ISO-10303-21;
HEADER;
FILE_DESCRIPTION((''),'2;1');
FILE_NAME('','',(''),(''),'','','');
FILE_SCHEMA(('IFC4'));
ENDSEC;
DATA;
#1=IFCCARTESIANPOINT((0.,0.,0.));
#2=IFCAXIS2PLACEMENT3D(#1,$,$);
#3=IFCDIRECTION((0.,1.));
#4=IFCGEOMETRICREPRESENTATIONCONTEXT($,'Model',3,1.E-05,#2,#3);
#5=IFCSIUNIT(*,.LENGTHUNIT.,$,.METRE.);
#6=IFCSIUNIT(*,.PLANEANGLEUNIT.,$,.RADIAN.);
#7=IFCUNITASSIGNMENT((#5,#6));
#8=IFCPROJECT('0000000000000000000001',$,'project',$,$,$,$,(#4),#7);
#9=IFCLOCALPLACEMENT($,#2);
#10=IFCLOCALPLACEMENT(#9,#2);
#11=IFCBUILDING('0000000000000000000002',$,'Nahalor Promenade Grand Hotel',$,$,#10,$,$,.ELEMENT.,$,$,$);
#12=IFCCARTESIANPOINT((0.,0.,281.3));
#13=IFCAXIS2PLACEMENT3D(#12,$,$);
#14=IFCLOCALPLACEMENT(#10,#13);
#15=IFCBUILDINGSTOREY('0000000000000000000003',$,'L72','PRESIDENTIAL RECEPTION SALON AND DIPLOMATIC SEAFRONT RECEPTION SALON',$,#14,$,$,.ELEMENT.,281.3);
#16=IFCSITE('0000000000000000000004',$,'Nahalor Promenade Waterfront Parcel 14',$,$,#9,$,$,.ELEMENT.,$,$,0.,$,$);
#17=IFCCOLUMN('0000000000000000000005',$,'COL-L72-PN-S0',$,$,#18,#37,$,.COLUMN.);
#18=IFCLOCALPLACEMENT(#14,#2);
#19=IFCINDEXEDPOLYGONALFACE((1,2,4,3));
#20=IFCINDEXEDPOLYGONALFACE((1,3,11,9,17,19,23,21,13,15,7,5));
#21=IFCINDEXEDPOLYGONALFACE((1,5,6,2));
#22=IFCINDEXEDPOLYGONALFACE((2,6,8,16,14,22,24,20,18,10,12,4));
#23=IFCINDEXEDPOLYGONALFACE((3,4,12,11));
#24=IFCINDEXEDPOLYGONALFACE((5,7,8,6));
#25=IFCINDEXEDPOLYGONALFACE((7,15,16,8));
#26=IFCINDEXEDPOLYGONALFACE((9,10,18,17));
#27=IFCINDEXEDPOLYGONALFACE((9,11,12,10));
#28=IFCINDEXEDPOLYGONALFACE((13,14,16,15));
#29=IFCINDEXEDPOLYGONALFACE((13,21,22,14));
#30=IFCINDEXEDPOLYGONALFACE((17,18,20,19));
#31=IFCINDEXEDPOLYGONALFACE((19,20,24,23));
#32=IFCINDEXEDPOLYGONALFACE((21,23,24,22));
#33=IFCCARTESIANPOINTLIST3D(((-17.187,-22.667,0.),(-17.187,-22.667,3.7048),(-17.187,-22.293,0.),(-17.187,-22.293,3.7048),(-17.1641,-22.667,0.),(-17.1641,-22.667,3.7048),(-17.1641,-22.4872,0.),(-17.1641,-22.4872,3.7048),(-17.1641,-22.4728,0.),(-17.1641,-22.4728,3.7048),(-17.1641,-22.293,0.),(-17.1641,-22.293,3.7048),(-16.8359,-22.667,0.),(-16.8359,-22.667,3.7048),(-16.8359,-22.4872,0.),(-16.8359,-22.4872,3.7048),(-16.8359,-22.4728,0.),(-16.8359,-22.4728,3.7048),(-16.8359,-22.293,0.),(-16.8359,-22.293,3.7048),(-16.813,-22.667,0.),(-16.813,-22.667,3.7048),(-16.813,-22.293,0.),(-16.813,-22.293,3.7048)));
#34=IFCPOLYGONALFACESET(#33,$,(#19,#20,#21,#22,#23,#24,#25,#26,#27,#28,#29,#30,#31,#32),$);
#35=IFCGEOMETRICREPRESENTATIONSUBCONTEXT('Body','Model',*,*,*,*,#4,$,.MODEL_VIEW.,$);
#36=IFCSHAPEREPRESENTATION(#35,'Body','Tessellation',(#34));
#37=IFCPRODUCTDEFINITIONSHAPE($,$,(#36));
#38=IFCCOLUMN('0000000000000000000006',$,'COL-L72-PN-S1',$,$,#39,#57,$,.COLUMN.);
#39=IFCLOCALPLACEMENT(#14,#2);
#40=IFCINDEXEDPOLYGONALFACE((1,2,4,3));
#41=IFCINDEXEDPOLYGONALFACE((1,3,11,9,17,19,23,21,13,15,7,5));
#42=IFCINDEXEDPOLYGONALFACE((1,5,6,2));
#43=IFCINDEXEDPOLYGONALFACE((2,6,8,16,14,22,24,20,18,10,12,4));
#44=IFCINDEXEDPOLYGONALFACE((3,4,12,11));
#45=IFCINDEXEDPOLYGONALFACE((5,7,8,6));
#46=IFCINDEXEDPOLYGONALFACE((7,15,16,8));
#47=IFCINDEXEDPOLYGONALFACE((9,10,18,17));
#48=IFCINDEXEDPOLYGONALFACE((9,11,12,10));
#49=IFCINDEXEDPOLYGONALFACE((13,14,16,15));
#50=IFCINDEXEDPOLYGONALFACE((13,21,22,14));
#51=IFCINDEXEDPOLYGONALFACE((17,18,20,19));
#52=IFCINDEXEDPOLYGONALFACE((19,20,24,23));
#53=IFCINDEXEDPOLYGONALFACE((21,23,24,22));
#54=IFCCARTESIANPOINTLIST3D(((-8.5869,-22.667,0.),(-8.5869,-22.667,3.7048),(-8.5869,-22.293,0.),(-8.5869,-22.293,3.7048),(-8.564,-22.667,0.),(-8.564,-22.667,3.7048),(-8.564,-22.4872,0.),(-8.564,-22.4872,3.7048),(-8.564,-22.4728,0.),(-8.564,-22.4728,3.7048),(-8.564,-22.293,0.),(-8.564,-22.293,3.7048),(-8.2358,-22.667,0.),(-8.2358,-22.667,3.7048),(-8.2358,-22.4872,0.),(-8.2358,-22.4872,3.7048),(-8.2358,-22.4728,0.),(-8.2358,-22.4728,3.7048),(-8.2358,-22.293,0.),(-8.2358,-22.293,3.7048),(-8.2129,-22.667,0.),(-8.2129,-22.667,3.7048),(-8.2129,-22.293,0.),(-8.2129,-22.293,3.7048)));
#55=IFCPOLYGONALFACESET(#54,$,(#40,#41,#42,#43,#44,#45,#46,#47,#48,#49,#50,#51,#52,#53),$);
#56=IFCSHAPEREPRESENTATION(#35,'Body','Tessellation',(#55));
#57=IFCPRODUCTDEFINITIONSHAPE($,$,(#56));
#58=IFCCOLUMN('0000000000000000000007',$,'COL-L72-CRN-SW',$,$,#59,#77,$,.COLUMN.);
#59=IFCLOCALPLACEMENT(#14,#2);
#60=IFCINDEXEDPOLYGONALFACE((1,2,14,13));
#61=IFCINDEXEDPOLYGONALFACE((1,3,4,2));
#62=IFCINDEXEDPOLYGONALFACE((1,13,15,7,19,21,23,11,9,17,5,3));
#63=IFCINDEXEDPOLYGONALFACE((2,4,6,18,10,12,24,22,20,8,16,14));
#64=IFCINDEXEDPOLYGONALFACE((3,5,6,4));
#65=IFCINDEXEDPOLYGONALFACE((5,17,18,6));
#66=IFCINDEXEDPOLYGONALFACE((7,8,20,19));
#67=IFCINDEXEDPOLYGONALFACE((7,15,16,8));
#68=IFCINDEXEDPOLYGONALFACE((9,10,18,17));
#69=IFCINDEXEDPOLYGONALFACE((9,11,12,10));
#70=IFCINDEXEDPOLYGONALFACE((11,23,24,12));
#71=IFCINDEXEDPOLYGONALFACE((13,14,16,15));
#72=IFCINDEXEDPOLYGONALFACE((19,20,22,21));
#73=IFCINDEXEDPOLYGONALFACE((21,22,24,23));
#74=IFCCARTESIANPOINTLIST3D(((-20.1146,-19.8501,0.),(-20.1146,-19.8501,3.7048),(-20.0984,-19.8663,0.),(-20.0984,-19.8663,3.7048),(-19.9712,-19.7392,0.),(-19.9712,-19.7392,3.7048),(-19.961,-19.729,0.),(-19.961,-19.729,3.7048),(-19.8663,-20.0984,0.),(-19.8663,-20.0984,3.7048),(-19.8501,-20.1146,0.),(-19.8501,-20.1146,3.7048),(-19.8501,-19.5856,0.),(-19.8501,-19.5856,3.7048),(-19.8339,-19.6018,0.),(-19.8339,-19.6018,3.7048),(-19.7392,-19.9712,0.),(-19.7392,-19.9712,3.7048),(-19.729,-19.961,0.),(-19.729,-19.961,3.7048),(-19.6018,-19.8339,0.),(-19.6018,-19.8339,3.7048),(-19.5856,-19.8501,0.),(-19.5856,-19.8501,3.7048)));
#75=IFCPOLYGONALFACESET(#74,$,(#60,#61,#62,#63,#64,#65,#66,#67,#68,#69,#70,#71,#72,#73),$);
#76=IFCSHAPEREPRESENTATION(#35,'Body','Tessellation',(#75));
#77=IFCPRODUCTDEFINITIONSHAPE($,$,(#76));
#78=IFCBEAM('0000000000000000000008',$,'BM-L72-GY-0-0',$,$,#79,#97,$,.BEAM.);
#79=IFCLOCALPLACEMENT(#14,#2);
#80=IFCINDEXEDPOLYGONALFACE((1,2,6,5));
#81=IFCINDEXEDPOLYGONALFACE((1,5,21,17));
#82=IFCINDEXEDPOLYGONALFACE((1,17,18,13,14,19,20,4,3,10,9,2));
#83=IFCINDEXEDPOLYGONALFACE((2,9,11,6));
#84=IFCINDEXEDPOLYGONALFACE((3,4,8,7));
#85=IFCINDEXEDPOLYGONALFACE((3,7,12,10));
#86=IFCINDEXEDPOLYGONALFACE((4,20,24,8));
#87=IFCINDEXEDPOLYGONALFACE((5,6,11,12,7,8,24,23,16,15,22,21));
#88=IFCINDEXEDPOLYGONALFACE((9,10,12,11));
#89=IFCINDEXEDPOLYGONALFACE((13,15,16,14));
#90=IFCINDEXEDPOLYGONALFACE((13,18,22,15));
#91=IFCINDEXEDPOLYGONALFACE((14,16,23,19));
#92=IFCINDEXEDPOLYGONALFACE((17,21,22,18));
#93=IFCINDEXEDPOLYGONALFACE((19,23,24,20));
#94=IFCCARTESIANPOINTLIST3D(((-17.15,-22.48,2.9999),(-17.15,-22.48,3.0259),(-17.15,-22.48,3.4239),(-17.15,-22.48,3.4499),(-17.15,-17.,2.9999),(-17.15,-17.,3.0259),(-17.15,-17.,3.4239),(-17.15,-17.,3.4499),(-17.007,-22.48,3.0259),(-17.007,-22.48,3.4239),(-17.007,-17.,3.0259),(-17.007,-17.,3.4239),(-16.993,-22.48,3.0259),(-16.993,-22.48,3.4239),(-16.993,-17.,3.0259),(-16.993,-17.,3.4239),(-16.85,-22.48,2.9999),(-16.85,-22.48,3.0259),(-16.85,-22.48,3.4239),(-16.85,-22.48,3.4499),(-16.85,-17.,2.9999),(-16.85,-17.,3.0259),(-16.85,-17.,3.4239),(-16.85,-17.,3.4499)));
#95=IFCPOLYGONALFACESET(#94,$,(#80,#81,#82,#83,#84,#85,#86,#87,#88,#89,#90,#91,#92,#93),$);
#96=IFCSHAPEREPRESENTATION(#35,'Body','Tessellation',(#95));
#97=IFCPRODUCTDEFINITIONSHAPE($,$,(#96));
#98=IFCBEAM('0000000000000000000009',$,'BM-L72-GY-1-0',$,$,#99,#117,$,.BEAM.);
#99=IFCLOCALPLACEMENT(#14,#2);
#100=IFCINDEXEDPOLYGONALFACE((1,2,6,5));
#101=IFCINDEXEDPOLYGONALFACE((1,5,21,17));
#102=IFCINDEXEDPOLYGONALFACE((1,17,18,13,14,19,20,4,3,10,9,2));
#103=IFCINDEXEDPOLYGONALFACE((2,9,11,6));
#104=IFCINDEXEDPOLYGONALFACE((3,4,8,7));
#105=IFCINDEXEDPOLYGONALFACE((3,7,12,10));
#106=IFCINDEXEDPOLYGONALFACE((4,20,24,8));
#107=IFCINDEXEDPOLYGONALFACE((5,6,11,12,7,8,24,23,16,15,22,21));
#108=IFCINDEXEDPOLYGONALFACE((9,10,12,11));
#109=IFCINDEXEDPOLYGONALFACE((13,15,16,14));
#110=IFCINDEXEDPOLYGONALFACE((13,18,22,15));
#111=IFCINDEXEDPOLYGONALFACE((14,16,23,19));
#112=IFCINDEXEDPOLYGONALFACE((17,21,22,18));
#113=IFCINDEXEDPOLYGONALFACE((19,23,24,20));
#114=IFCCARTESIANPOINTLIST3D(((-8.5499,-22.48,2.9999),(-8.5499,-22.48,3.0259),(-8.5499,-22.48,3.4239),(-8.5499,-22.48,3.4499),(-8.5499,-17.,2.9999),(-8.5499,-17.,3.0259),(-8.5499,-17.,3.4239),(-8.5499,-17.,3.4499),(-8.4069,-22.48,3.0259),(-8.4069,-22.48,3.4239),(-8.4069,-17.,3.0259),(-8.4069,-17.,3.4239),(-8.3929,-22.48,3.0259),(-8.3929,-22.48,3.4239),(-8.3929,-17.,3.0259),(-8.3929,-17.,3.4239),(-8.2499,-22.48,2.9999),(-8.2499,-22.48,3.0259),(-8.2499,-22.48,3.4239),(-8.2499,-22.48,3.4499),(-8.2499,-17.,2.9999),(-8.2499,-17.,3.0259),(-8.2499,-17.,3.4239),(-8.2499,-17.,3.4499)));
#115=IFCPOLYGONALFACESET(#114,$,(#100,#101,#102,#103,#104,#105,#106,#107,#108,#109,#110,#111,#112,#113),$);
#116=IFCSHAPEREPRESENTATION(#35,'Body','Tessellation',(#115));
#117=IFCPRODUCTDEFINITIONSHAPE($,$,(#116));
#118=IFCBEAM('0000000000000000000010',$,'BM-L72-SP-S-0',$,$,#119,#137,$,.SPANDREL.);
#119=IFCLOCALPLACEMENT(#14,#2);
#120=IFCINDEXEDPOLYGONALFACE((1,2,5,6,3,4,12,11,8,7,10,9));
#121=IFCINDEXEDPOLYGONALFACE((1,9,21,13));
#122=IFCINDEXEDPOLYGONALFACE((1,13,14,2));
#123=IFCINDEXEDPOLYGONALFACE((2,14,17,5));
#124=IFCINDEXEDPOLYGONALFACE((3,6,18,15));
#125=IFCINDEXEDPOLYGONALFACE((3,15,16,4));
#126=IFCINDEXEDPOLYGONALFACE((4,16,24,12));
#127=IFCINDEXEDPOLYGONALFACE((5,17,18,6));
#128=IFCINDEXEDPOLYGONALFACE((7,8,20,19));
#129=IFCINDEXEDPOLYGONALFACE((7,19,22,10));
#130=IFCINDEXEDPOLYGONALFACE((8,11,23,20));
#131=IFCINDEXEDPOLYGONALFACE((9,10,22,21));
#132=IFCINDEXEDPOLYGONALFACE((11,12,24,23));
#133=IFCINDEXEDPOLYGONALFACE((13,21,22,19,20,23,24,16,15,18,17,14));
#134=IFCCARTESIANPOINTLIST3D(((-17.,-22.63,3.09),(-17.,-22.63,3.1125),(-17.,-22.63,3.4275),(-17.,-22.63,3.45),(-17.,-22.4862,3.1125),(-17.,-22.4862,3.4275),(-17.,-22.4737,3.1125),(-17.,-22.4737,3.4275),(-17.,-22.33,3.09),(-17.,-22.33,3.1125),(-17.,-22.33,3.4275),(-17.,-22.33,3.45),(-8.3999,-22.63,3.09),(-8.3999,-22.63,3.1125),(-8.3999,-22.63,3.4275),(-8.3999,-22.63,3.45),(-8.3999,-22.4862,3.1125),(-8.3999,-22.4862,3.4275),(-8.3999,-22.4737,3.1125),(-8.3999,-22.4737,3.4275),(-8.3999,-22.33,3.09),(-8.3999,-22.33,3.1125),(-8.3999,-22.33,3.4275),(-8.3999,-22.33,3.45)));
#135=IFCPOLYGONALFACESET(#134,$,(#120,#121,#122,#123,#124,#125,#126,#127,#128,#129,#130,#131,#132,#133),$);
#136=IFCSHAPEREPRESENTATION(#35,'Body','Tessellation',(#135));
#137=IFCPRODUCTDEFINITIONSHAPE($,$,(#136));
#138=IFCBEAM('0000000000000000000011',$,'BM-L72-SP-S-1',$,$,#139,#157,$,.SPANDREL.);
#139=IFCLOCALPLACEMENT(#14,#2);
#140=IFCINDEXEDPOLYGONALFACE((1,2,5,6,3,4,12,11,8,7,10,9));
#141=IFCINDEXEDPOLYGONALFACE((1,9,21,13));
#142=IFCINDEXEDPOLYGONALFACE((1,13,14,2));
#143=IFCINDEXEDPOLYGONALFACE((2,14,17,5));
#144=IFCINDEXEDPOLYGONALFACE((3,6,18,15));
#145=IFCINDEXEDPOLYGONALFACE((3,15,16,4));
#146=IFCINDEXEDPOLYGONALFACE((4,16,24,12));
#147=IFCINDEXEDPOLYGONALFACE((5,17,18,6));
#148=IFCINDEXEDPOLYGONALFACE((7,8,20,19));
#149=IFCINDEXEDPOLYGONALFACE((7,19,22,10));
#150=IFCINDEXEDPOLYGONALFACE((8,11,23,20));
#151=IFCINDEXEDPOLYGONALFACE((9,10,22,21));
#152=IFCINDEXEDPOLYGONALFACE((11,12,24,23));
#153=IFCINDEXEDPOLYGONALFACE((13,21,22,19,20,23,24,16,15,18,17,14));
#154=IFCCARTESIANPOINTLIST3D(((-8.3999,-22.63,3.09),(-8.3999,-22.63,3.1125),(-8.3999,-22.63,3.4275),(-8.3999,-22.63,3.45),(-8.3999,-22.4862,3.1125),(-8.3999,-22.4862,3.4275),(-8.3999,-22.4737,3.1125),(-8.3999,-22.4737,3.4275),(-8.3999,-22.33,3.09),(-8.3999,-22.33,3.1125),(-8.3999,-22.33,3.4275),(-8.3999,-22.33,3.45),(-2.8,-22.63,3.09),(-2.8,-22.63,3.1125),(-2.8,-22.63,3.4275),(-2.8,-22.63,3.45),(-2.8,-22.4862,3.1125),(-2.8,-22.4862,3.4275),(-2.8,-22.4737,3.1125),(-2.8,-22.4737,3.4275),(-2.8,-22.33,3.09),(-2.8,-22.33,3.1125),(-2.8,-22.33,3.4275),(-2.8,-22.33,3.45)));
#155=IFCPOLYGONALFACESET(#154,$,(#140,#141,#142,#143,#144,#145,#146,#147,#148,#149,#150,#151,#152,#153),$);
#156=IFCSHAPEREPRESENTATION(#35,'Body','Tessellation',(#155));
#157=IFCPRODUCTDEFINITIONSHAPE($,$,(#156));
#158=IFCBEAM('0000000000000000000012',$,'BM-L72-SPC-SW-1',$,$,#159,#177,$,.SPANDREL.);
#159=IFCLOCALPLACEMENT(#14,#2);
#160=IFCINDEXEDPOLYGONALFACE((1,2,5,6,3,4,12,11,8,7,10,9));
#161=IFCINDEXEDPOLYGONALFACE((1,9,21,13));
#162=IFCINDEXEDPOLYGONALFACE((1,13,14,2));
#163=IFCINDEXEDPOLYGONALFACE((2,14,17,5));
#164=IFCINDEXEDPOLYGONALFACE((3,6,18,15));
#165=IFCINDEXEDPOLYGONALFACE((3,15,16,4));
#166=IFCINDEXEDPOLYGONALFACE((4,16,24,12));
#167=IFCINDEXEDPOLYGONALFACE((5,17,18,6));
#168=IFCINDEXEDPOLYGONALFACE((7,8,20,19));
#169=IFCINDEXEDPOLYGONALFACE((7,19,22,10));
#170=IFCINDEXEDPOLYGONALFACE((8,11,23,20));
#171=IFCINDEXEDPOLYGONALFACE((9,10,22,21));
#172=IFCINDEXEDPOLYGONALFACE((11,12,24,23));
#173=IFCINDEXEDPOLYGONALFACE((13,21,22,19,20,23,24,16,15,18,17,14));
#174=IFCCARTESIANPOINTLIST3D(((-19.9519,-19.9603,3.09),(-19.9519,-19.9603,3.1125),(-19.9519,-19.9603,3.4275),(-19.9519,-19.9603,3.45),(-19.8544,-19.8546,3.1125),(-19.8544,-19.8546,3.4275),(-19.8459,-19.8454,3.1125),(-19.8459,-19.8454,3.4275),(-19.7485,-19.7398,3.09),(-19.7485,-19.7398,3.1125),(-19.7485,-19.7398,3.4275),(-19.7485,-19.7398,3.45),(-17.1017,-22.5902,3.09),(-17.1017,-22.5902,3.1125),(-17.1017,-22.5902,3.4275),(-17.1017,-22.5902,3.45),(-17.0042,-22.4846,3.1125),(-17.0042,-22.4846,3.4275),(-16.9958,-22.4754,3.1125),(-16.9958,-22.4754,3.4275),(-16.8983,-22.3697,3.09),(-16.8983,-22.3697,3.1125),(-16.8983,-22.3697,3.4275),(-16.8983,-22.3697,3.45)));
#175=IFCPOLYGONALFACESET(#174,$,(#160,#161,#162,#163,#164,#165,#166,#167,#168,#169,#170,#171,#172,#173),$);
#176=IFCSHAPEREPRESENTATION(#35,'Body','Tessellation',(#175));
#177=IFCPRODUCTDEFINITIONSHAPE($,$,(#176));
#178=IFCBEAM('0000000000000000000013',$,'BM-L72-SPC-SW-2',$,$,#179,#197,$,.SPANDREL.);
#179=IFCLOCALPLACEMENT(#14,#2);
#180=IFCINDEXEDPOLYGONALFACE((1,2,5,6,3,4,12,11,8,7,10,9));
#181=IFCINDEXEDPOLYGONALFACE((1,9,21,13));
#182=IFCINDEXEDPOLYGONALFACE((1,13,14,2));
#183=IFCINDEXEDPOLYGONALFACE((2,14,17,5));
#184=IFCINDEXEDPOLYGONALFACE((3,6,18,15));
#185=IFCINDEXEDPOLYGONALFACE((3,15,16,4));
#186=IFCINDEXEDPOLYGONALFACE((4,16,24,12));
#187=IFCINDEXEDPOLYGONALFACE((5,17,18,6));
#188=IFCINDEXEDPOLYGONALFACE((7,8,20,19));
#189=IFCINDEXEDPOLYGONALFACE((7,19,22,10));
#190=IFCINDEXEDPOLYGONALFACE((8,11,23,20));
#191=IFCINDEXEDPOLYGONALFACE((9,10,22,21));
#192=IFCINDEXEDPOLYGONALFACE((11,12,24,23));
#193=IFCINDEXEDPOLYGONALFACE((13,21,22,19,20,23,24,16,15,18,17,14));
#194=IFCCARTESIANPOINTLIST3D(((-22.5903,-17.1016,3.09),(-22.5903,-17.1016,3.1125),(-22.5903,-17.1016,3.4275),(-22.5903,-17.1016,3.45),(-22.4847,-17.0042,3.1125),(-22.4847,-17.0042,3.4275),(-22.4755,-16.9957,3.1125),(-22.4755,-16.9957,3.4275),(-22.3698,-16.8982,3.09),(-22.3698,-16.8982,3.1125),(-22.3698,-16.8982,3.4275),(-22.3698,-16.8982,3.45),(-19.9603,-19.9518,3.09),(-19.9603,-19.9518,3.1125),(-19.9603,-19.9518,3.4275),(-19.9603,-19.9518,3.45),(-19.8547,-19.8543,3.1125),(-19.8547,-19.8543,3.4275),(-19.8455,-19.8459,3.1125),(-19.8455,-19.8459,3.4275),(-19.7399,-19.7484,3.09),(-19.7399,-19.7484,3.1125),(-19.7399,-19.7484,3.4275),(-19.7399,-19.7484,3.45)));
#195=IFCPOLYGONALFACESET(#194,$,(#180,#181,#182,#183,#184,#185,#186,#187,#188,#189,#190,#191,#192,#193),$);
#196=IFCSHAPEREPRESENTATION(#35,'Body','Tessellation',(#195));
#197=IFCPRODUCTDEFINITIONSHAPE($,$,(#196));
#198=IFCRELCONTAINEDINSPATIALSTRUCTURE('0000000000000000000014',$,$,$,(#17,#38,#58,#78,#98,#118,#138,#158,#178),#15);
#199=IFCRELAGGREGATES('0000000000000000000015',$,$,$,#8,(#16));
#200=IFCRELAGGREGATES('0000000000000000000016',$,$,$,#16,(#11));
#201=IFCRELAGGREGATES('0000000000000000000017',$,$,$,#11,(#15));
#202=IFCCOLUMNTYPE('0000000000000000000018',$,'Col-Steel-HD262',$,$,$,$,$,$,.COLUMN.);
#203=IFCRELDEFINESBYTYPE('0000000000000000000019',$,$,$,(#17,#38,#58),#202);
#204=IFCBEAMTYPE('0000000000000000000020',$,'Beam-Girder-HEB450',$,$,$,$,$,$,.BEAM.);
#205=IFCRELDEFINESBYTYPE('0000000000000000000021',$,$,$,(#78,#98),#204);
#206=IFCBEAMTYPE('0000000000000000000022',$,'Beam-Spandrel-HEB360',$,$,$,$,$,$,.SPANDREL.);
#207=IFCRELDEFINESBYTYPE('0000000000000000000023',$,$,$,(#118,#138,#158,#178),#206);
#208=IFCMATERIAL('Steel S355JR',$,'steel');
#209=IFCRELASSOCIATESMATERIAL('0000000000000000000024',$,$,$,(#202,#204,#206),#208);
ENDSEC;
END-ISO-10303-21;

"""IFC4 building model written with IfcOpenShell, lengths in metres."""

from ifc_helpers import new_model, si_unit, direction, frame, origin, origin_2d, place, context, subcontext, project, spatial, i_section, extrude, source, transform, mapped, material, material_profile, profile_set, type_object, element, save


model = new_model("IFC4")

# Units and contexts
model_context = context("Model", 3, precision=1e-05, world=origin(), true_north=direction((0.0, 1.0)))
body_context = subcontext(model_context, "Body", "Model", "MODEL_VIEW")
ifc_project = project(units=[si_unit("LENGTHUNIT", "METRE"), si_unit("PLANEANGLEUNIT", "RADIAN")], contexts=[model_context])

# Site, building, storey
site_placement = place(None, origin())
site = spatial("IfcSite", under=ifc_project, at=site_placement, Name="Nahalor Promenade Waterfront Parcel 14", CompositionType="ELEMENT", RefElevation=0.0)
building_placement = place(site_placement, origin())
building = spatial("IfcBuilding", under=site, at=building_placement, Name="Nahalor Promenade Grand Hotel", CompositionType="ELEMENT")
storey_placement = place(building_placement, frame((0.0, 0.0, 281.3)))
storey = spatial("IfcBuildingStorey", under=building, at=storey_placement, Name="L72", Description="PRESIDENTIAL RECEPTION SALON AND DIPLOMATIC SEAFRONT RECEPTION SALON", CompositionType="ELEMENT", Elevation=281.3)

# Columns
ifc_material_1 = material(Name="Steel S355JR", Category="steel")
ifc_material_profile_1 = material_profile(ifc_material_1, i_section(OverallWidth=0.374, OverallDepth=0.374, WebThickness=0.0144, FlangeThickness=0.0229, at=origin_2d()), Name="HD 360x262")
ifc_profile_set_1 = profile_set([ifc_material_profile_1], Name="Steel S355JR")
column_type = type_object("IfcColumnType", Name="Col-Steel-HD262", PredefinedType="COLUMN", material=ifc_profile_set_1)
shared_shape_1 = source(origin(), body_context, "Body", "SweptSolid", [
    extrude(i_section(OverallWidth=0.374, OverallDepth=0.374, WebThickness=0.0144, FlangeThickness=0.0229, at=origin_2d()), origin(), (0.0, 0.0, 1.0), 3.7048),
])
for number, where, z_axis, x_axis, name in (
    (1, (-17.0, -22.48, 0.0), (0.0, 0.0, 1.0), (0.0, 1.0, 0.0), "COL-L72-PN-S0"),
    (2, (-8.3999, -22.48, 0.0), (0.0, 0.0, 1.0), (0.0, 1.0, 0.0), "COL-L72-PN-S1"),
    (3, (-19.8501, -19.8501, 0.0), (0.0, 0.0, 1.0), (0.707107, 0.707107, 0.0), "COL-L72-CRN-SW"),
):
    element("IfcColumn", number, at=place(storey_placement, frame(where, z_axis=z_axis, x_axis=x_axis)), inside=storey, type_object=column_type, Name=name, PredefinedType="COLUMN", context=body_context, shape_type="MappedRepresentation", body=[
        mapped(shared_shape_1, transform((0.0, 0.0, 0.0), scale=1.0)),
    ])

# Beams
ifc_material_profile_2 = material_profile(ifc_material_1, i_section(OverallWidth=0.3, OverallDepth=0.45, WebThickness=0.014, FlangeThickness=0.026, at=origin_2d()), Name="HEB 450")
ifc_profile_set_2 = profile_set([ifc_material_profile_2], Name="Steel S355JR")
beam_type_1 = type_object("IfcBeamType", Name="Beam-Girder-HEB450", PredefinedType="BEAM", material=ifc_profile_set_2)
shared_shape_2 = source(origin(), body_context, "Body", "SweptSolid", [
    extrude(i_section(OverallWidth=0.3, OverallDepth=0.45, WebThickness=0.014, FlangeThickness=0.026, at=origin_2d()), origin(), (0.0, 0.0, 1.0), 5.48),
])
for number, where, z_axis, x_axis, name in (
    (4, (-17.0, -22.48, 3.2249), (0.0, 1.0, 0.0), (-1.0, 0.0, 0.0), "BM-L72-GY-0-0"),
    (5, (-8.3999, -22.48, 3.2249), (0.0, 1.0, 0.0), (-1.0, 0.0, 0.0), "BM-L72-GY-1-0"),
):
    element("IfcBeam", number, at=place(storey_placement, frame(where, z_axis=z_axis, x_axis=x_axis)), inside=storey, type_object=beam_type_1, Name=name, PredefinedType="BEAM", context=body_context, shape_type="MappedRepresentation", body=[
        mapped(shared_shape_2, transform((0.0, 0.0, 0.0), scale=1.0)),
    ])
ifc_material_profile_3 = material_profile(ifc_material_1, i_section(OverallWidth=0.3, OverallDepth=0.36, WebThickness=0.0125, FlangeThickness=0.0225, at=origin_2d()), Name="HEB 360")
ifc_profile_set_3 = profile_set([ifc_material_profile_3], Name="Steel S355JR")
beam_type_2 = type_object("IfcBeamType", Name="Beam-Spandrel-HEB360", PredefinedType="SPANDREL", material=ifc_profile_set_3)
shared_shape_3 = source(origin(), body_context, "Body", "SweptSolid", [
    extrude(i_section(OverallWidth=0.3, OverallDepth=0.36, WebThickness=0.0125, FlangeThickness=0.0225, at=origin_2d()), origin(), (0.0, 0.0, 1.0), 8.6001),
])
beam_1_placement = place(storey_placement, frame((-17.0, -22.48, 3.27), z_axis=(1.0, 0.0, 0.0), x_axis=(0.0, 1.0, 0.0)))
element("IfcBeam", 6, at=beam_1_placement, inside=storey, type_object=beam_type_2, Name="BM-L72-SP-S-0", PredefinedType="SPANDREL", context=body_context, shape_type="MappedRepresentation", body=[
    mapped(shared_shape_3, transform((0.0, 0.0, 0.0), scale=1.0)),
])
shared_shape_4 = source(origin(), body_context, "Body", "SweptSolid", [
    extrude(i_section(OverallWidth=0.3, OverallDepth=0.36, WebThickness=0.0125, FlangeThickness=0.0225, at=origin_2d()), origin(), (0.0, 0.0, 1.0), 5.5999),
])
beam_2_placement = place(storey_placement, frame((-8.3999, -22.48, 3.27), z_axis=(1.0, 0.0, 0.0), x_axis=(0.0, 1.0, 0.0)))
element("IfcBeam", 7, at=beam_2_placement, inside=storey, type_object=beam_type_2, Name="BM-L72-SP-S-1", PredefinedType="SPANDREL", context=body_context, shape_type="MappedRepresentation", body=[
    mapped(shared_shape_4, transform((0.0, 0.0, 0.0), scale=1.0)),
])
shared_shape_5 = source(origin(), body_context, "Body", "SweptSolid", [
    extrude(i_section(OverallWidth=0.3, OverallDepth=0.36, WebThickness=0.0125, FlangeThickness=0.0225, at=origin_2d()), origin(), (0.0, 0.0, 1.0), 3.8782),
])
for number, where, z_axis, x_axis, name in (
    (8, (-17.0, -22.48, 3.27), (-0.734929, 0.678144, 0.0), (-0.678144, -0.734929, 0.0), "BM-L72-SPC-SW-1"),
    (9, (-19.8501, -19.8501, 3.27), (-0.678144, 0.734929, 0.0), (-0.734929, -0.678144, 0.0), "BM-L72-SPC-SW-2"),
):
    element("IfcBeam", number, at=place(storey_placement, frame(where, z_axis=z_axis, x_axis=x_axis)), inside=storey, type_object=beam_type_2, Name=name, PredefinedType="SPANDREL", context=body_context, shape_type="MappedRepresentation", body=[
        mapped(shared_shape_5, transform((0.0, 0.0, 0.0), scale=1.0)),
    ])

save(model, "model.ifc")
